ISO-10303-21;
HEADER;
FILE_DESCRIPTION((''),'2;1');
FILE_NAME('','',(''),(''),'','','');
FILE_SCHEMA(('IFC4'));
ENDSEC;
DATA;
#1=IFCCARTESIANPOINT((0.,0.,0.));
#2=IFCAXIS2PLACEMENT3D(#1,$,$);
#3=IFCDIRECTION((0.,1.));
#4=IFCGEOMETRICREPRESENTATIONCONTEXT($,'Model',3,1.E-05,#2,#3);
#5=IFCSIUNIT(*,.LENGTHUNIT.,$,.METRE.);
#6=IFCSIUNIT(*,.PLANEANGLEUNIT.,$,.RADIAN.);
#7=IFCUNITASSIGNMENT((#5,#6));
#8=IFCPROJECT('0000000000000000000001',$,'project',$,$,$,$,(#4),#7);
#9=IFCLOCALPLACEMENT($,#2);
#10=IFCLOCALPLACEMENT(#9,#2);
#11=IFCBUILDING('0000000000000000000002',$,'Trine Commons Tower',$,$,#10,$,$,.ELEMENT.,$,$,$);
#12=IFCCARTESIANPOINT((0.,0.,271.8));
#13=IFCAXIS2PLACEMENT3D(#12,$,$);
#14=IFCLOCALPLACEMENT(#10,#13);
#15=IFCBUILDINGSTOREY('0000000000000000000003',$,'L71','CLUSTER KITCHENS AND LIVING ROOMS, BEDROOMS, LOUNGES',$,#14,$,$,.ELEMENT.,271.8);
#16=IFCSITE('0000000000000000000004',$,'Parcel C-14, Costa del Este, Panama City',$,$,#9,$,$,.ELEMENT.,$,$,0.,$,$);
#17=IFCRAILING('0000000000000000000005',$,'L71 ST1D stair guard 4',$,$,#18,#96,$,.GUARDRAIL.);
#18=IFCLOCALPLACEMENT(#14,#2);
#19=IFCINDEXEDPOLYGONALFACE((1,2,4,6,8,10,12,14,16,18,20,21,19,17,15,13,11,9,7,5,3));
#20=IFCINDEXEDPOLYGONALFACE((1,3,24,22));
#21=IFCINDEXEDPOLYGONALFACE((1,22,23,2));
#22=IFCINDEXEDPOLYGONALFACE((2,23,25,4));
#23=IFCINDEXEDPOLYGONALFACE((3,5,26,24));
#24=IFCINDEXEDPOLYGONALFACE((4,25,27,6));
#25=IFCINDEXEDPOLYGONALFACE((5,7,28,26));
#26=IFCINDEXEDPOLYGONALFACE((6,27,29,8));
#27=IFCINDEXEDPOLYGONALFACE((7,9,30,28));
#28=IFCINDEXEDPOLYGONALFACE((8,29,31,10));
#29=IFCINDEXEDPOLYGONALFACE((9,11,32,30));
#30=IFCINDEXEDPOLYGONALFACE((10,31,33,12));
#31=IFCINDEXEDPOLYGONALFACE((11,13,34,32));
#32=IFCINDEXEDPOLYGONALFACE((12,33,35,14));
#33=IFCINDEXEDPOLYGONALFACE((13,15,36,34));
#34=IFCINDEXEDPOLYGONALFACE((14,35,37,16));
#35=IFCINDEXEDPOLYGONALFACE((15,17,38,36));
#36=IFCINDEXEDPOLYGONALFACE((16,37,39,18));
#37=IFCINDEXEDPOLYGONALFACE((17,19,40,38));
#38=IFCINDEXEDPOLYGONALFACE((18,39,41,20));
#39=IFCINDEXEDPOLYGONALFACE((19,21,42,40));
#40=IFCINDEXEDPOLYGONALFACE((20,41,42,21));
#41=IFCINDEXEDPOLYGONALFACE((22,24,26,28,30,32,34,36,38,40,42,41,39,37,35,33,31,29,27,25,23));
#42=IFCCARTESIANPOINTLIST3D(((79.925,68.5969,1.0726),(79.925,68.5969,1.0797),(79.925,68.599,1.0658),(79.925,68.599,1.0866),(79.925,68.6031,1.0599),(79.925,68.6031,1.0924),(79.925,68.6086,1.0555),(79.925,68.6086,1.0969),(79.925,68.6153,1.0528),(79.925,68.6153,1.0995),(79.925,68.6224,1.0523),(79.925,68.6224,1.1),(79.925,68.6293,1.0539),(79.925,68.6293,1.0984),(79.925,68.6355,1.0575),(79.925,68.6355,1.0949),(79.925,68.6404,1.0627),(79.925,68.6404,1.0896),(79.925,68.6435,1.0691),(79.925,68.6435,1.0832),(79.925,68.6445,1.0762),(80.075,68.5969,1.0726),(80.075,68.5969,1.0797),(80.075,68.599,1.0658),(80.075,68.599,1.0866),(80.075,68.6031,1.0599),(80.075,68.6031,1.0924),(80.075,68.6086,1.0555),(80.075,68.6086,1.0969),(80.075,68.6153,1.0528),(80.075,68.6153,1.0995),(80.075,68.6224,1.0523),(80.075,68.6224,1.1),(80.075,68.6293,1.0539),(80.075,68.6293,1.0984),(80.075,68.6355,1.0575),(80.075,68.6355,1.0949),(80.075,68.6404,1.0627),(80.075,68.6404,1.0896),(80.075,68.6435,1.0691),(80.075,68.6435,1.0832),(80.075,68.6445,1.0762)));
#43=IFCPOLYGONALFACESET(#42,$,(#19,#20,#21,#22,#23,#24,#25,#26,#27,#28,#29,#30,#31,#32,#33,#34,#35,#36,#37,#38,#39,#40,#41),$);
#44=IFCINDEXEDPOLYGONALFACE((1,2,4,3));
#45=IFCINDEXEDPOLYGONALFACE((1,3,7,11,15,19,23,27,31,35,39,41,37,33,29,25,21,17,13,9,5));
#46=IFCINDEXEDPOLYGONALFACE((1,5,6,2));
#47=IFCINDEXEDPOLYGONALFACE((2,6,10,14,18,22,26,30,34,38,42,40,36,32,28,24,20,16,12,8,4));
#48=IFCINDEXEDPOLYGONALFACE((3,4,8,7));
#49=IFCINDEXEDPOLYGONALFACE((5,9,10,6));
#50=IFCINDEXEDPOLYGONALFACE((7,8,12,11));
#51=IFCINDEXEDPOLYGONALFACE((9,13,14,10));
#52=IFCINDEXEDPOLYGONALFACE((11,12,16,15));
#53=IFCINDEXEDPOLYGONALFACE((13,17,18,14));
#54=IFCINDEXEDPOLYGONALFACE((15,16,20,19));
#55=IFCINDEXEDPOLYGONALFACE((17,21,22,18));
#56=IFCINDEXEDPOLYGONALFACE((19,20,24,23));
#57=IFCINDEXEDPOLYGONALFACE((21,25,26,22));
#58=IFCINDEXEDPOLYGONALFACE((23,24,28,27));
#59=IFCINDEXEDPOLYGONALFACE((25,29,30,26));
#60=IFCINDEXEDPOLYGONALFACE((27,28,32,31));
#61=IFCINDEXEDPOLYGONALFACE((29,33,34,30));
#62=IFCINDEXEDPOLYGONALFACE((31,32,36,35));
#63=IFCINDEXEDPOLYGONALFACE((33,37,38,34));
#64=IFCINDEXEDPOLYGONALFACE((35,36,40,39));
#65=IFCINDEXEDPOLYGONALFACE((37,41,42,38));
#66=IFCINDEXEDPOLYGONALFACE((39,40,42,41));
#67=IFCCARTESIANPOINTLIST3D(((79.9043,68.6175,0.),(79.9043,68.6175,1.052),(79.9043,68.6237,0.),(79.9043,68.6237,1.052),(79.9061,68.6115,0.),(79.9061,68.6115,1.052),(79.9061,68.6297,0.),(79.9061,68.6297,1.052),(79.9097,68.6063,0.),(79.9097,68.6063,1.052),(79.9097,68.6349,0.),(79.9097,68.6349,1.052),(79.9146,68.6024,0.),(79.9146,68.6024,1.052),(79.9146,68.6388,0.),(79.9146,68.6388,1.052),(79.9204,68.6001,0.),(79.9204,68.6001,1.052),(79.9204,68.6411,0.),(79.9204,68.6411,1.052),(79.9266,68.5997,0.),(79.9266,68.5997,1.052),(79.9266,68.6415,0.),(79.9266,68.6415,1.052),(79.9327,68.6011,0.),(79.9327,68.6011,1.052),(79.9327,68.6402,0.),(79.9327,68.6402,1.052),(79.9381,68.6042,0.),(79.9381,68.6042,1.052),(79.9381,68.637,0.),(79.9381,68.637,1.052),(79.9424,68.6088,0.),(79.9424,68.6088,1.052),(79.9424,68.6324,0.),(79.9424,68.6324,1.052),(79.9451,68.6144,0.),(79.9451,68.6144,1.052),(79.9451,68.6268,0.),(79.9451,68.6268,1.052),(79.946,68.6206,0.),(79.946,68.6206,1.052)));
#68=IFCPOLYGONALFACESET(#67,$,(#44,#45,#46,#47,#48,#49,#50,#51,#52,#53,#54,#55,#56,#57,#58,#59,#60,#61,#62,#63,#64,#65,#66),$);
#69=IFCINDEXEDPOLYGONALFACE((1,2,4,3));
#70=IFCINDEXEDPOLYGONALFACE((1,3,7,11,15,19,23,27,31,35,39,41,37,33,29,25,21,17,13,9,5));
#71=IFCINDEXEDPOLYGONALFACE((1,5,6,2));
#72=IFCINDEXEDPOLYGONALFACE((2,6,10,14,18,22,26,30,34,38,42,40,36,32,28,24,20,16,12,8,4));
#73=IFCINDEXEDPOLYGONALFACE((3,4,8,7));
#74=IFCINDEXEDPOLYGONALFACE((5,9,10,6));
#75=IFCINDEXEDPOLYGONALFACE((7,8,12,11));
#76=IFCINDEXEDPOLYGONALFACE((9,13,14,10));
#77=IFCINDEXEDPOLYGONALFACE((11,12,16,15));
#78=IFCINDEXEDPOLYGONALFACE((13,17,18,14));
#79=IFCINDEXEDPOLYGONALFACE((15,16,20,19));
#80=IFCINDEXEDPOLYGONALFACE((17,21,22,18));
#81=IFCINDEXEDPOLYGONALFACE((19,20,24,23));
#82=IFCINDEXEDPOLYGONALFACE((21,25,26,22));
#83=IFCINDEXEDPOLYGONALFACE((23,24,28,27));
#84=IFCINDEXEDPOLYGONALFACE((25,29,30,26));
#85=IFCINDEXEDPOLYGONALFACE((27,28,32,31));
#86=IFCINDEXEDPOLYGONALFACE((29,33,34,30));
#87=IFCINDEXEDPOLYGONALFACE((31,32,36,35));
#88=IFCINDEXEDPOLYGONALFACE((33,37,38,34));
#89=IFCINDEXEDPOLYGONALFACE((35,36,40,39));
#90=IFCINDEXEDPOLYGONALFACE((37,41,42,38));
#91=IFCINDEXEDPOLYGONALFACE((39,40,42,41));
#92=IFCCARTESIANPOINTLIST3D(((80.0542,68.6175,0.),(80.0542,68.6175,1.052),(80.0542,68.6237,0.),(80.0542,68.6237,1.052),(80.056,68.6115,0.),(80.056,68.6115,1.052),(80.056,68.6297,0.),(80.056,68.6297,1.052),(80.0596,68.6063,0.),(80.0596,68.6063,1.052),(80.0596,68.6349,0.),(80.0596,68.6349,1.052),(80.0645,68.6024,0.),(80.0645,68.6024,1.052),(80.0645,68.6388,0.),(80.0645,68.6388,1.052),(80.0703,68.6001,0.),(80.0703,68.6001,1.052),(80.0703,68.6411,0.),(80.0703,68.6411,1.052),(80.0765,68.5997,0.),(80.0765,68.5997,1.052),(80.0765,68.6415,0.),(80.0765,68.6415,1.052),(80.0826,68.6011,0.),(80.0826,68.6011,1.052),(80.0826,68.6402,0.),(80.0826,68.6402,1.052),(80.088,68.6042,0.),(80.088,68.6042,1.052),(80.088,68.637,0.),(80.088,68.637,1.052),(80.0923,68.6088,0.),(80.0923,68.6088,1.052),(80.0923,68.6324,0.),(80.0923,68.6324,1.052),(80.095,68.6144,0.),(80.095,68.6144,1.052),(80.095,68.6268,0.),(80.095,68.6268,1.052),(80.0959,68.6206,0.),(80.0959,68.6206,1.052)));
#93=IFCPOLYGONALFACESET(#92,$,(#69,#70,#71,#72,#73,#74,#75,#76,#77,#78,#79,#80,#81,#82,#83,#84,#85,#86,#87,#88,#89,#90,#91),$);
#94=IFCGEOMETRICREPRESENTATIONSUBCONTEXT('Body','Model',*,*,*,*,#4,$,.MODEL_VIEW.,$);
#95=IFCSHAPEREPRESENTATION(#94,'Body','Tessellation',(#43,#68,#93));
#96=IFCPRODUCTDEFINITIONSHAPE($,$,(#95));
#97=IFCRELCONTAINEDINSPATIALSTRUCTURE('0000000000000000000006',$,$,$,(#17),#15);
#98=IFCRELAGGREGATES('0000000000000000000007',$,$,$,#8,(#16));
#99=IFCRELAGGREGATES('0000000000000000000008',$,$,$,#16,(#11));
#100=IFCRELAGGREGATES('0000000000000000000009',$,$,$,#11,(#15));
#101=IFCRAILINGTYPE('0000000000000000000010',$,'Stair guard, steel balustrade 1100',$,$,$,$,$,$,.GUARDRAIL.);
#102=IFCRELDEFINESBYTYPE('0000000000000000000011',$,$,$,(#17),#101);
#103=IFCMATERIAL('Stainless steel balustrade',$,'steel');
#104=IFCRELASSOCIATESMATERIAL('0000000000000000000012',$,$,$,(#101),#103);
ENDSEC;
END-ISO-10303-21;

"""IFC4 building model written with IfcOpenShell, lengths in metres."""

from ifc_helpers import new_model, si_unit, direction, frame, origin, origin_2d, place, context, subcontext, project, spatial, circle, extrude, material, type_object, element, save


model = new_model("IFC4")

# Units and contexts
model_context = context("Model", 3, precision=1e-05, world=origin(), true_north=direction((0.0, 1.0)))
body_context = subcontext(model_context, "Body", "Model", "MODEL_VIEW")
ifc_project = project(units=[si_unit("LENGTHUNIT", "METRE"), si_unit("PLANEANGLEUNIT", "RADIAN")], contexts=[model_context])

# Site, building, storey
site_placement = place(None, origin())
site = spatial("IfcSite", under=ifc_project, at=site_placement, Name="Parcel C-14, Costa del Este, Panama City", CompositionType="ELEMENT", RefElevation=0.0)
building_placement = place(site_placement, origin())
building = spatial("IfcBuilding", under=site, at=building_placement, Name="Trine Commons Tower", CompositionType="ELEMENT")
storey_placement = place(building_placement, frame((0.0, 0.0, 271.8)))
storey = spatial("IfcBuildingStorey", under=building, at=storey_placement, Name="L71", Description="CLUSTER KITCHENS AND LIVING ROOMS, BEDROOMS, LOUNGES", CompositionType="ELEMENT", Elevation=271.8)

# Railing
ifc_material_1 = material(Name="Stainless steel balustrade", Category="steel")
railing_type_1 = type_object("IfcRailingType", Name="Stair guard, steel balustrade 1100", PredefinedType="GUARDRAIL", material=ifc_material_1)
railing_1_placement = place(storey_placement, frame((79.925, 68.6206, 0.0)))
element("IfcRailing", 1, at=railing_1_placement, inside=storey, type_object=railing_type_1, Name="L71 ST1D stair guard 4", PredefinedType="GUARDRAIL", context=body_context, shape_type="SweptSolid", body=[
    extrude(circle(Radius=0.0239, at=origin_2d()), frame((0.0, 0.0, 1.0762), z_axis=(1.0, 0.0, 0.0), x_axis=(0.0, 1.0, 0.0)), (0.0, 0.0, 1.0), 0.1499),
    extrude(circle(Radius=0.021, at=origin_2d()), origin(), (0.0, 0.0, 1.0), 1.052),
    extrude(circle(Radius=0.021, at=origin_2d()), frame((0.1499, 0.0, 0.0)), (0.0, 0.0, 1.0), 1.052),
])

save(model, "model.ifc")
